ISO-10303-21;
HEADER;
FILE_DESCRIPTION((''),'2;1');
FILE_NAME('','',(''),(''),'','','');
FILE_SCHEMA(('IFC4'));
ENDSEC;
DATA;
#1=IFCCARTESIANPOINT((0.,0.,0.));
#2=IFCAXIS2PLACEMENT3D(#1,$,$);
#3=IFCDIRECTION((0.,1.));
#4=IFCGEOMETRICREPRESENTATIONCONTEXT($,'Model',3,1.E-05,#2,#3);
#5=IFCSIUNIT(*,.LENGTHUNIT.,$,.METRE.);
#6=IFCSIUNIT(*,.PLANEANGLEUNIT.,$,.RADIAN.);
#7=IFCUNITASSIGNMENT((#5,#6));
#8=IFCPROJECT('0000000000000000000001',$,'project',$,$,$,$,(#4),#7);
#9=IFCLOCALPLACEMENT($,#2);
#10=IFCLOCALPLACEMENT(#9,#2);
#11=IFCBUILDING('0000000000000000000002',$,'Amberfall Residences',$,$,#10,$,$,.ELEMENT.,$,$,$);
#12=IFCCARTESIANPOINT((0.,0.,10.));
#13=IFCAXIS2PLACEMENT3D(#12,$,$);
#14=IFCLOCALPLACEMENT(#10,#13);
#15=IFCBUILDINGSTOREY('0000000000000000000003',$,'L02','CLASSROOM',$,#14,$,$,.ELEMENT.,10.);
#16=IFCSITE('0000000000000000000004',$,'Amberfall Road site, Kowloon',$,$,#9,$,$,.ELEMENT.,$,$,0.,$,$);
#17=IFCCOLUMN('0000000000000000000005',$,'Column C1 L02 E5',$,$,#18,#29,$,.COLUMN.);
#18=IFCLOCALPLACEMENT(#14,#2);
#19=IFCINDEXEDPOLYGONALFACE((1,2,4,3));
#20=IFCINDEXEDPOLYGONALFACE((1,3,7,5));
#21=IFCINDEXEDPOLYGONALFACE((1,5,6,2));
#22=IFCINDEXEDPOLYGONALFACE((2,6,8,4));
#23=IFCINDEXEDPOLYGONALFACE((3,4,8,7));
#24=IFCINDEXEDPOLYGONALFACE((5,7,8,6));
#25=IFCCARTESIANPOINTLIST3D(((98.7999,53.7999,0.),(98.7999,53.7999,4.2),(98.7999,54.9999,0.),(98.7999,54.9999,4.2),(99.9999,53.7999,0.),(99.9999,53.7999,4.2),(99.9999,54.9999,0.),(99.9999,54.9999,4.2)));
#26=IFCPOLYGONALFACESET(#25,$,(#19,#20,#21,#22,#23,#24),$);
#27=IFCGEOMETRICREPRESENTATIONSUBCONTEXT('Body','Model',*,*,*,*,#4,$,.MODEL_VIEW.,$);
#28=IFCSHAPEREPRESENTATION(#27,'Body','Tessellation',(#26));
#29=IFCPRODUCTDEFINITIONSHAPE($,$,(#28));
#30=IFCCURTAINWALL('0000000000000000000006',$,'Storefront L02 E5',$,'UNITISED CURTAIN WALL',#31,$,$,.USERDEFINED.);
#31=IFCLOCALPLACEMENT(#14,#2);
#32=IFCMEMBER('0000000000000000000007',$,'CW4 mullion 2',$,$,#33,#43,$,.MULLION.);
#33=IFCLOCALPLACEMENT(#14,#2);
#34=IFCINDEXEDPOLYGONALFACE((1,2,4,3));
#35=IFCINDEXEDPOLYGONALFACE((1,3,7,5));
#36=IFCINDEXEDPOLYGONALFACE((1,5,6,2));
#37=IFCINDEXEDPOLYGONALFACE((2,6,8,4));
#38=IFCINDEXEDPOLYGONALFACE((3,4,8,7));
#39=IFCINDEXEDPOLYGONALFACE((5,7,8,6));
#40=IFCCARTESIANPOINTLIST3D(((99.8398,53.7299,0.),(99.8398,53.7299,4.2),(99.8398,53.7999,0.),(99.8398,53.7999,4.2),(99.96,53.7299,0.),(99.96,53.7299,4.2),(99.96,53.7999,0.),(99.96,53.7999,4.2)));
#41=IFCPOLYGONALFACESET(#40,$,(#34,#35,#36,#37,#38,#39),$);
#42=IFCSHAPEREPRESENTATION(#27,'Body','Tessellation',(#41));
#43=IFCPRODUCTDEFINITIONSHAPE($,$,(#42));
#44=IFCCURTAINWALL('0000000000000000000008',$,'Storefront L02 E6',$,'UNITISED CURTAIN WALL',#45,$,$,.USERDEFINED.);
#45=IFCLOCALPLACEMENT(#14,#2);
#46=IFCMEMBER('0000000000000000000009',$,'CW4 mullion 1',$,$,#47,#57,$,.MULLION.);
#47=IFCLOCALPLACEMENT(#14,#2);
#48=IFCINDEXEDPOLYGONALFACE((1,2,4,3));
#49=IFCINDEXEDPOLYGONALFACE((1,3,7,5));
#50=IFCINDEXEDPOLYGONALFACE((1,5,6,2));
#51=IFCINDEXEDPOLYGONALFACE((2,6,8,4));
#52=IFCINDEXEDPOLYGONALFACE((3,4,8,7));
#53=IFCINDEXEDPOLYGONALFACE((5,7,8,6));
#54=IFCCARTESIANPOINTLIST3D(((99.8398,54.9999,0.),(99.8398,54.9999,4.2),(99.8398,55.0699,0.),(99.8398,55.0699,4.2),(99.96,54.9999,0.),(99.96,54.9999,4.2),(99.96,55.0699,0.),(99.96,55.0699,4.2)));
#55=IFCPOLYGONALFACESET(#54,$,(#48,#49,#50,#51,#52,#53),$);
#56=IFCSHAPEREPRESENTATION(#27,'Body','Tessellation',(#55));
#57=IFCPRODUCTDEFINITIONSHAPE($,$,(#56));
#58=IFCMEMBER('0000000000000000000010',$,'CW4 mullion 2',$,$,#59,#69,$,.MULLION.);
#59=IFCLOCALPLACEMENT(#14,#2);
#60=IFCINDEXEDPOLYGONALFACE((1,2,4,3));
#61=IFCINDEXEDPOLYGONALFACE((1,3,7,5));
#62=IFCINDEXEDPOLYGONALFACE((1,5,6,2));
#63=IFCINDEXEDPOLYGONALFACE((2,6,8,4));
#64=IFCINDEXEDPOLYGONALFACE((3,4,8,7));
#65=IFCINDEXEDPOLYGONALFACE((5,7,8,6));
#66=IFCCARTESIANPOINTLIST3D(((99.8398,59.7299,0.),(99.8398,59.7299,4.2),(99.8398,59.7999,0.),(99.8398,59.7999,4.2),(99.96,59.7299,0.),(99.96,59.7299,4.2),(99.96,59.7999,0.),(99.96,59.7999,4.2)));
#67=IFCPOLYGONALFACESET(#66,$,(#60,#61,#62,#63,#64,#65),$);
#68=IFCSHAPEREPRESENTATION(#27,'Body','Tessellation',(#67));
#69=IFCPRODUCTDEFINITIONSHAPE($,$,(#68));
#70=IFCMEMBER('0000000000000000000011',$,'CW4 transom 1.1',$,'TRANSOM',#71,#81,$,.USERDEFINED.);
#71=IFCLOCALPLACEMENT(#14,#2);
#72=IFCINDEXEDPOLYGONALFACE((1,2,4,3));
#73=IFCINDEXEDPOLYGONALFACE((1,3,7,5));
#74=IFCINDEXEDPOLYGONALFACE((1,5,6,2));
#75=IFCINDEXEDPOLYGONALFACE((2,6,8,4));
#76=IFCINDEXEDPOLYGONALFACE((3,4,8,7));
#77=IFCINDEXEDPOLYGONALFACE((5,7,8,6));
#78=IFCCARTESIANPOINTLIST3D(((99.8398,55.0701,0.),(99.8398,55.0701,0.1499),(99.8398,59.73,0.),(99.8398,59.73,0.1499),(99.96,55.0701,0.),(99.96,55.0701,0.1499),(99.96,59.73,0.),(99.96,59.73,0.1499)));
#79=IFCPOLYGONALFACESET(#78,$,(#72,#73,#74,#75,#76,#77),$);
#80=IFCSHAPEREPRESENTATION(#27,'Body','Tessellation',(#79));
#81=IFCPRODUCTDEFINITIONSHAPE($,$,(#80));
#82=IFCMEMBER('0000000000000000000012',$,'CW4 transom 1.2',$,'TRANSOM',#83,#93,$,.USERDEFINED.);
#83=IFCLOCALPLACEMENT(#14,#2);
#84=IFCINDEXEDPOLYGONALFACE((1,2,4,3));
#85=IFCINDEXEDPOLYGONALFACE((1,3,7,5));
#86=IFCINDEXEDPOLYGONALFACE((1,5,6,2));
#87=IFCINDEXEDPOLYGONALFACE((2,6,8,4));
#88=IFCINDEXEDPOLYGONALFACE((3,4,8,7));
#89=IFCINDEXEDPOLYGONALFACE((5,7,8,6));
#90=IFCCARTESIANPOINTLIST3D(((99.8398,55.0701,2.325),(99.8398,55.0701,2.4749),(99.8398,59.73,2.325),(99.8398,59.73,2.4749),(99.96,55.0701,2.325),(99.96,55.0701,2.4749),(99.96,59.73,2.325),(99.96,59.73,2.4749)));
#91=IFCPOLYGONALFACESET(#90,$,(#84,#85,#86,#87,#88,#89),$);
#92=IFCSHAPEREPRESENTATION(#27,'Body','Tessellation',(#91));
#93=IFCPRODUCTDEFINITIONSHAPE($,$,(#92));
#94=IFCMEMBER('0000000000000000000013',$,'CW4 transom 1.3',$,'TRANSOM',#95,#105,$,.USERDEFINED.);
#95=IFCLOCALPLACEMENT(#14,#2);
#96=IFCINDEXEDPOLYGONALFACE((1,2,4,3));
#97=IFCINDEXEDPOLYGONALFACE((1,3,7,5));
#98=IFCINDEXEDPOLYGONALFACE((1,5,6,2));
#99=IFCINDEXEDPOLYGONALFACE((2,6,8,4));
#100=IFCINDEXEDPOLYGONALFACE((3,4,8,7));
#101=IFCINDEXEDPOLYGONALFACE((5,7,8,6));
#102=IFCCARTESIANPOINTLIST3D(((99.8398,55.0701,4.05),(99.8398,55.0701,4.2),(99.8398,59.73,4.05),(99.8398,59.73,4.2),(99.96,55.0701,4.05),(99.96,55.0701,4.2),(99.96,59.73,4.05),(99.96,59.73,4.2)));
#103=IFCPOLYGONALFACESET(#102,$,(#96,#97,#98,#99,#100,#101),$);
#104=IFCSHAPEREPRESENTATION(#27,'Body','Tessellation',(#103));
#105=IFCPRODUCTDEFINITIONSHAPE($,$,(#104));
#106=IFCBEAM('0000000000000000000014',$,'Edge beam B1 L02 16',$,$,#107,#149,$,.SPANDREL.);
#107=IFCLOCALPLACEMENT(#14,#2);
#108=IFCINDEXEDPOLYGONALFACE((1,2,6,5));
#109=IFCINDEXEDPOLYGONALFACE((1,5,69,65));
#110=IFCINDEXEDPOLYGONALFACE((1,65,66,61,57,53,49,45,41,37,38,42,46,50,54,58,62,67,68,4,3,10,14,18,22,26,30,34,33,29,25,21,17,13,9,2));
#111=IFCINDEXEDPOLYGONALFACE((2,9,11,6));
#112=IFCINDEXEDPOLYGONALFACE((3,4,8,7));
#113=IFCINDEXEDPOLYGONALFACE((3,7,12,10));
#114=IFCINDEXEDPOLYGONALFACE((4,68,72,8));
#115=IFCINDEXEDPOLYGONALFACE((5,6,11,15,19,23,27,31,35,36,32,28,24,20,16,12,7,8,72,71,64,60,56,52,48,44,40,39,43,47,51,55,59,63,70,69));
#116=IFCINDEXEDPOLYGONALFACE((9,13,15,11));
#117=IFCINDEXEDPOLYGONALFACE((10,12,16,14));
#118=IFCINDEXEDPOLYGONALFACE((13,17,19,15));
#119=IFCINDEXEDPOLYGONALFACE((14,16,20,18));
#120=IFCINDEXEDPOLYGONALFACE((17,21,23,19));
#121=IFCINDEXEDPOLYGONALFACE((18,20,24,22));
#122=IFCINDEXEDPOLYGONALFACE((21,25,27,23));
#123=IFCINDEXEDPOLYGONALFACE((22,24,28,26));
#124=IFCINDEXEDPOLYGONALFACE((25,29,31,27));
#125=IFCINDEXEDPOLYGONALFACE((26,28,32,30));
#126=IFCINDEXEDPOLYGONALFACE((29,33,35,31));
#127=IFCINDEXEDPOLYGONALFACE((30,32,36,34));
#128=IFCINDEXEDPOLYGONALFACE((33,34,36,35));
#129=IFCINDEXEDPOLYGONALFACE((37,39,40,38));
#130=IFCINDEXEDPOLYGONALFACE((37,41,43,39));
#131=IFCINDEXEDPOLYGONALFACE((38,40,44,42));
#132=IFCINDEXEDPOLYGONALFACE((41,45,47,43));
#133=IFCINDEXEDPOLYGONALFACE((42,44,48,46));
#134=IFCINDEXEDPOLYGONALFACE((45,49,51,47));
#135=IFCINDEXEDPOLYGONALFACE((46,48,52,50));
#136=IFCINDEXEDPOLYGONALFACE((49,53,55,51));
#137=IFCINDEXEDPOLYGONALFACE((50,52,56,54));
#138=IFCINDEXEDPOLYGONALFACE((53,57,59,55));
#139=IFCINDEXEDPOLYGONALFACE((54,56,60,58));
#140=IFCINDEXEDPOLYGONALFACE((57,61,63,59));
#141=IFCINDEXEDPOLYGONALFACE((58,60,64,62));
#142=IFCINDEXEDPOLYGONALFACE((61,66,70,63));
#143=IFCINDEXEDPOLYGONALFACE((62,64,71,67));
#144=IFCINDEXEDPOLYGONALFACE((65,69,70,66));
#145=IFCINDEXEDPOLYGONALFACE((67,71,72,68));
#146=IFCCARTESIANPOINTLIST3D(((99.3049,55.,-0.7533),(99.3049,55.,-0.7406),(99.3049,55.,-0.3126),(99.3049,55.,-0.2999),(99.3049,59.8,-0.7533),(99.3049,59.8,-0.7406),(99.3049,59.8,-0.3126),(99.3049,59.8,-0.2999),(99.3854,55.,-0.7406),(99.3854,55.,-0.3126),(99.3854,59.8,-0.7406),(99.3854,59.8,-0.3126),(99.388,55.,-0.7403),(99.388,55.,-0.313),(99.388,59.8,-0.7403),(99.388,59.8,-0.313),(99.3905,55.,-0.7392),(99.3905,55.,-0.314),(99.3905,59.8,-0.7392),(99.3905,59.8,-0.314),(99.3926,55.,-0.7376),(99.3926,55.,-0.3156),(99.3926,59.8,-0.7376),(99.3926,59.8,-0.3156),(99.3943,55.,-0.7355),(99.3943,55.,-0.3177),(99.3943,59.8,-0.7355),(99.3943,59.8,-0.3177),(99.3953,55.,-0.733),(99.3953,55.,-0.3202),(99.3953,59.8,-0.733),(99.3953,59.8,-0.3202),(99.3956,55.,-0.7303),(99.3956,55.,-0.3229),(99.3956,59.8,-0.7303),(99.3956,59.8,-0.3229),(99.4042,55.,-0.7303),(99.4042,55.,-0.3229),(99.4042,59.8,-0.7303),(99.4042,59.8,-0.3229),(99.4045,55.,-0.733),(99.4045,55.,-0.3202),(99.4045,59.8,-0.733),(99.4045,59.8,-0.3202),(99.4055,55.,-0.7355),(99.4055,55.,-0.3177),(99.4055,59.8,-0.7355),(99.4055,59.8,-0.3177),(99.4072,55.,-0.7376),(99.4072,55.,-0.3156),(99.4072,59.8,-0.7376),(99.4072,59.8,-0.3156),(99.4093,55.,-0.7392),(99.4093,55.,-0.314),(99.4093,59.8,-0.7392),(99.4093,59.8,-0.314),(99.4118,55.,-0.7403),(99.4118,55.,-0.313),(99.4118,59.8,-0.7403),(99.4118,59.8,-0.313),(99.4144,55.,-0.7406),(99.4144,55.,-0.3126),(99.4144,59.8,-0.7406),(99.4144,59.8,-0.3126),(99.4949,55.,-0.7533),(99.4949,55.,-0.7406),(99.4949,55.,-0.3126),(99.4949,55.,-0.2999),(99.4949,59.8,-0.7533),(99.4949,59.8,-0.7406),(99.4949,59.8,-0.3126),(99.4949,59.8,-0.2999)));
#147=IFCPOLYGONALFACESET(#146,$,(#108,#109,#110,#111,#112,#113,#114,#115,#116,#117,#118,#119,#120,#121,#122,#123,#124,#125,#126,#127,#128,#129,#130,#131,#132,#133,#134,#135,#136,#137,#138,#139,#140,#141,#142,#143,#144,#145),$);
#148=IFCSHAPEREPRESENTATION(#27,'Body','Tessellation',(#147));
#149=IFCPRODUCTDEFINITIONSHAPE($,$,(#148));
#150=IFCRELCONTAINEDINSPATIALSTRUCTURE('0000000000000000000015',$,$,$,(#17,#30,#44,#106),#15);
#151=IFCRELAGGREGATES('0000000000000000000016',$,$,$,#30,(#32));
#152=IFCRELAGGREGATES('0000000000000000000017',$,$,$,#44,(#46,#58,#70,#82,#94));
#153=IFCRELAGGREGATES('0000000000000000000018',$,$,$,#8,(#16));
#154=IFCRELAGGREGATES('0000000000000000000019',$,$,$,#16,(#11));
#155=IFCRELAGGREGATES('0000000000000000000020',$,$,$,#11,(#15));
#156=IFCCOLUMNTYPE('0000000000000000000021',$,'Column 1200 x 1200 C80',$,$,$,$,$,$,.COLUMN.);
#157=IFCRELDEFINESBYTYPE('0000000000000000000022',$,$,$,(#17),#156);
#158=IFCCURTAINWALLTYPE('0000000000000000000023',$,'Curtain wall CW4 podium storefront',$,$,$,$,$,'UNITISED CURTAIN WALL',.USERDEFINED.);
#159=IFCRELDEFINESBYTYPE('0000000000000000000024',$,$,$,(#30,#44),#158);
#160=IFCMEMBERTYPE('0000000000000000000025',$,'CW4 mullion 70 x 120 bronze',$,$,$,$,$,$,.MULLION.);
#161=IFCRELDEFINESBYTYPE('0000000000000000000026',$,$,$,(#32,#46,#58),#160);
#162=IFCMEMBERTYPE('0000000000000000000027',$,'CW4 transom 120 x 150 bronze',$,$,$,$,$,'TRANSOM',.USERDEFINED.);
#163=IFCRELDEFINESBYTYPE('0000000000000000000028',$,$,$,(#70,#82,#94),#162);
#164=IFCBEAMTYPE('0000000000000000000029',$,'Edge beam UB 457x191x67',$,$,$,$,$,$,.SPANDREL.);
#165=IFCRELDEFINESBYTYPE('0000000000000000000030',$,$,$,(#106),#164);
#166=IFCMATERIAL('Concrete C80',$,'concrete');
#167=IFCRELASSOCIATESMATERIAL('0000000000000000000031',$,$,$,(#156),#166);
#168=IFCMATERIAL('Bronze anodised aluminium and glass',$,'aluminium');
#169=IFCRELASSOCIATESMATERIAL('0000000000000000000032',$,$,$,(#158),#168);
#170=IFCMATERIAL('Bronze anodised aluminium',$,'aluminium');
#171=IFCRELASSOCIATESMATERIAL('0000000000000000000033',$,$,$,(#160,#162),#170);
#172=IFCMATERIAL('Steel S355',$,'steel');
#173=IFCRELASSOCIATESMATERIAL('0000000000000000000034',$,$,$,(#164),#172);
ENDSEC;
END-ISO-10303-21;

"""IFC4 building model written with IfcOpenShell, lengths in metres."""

from ifc_helpers import new_model, si_unit, direction, frame, origin, origin_2d, place, context, subcontext, project, spatial, rectangle, i_section, extrude, material, material_profile, profile_set, type_object, element, aggregate, save


model = new_model("IFC4")

# Units and contexts
model_context = context("Model", 3, precision=1e-05, world=origin(), true_north=direction((0.0, 1.0)))
body_context = subcontext(model_context, "Body", "Model", "MODEL_VIEW")
ifc_project = project(units=[si_unit("LENGTHUNIT", "METRE"), si_unit("PLANEANGLEUNIT", "RADIAN")], contexts=[model_context])

# Site, building, storey
site_placement = place(None, origin())
site = spatial("IfcSite", under=ifc_project, at=site_placement, Name="Amberfall Road site, Kowloon", CompositionType="ELEMENT", RefElevation=0.0)
building_placement = place(site_placement, origin())
building = spatial("IfcBuilding", under=site, at=building_placement, Name="Amberfall Residences", CompositionType="ELEMENT")
storey_placement = place(building_placement, frame((0.0, 0.0, 10.0)))
storey = spatial("IfcBuildingStorey", under=building, at=storey_placement, Name="L02", Description="CLASSROOM", CompositionType="ELEMENT", Elevation=10.0)

# Column
ifc_material_1 = material(Name="Concrete C80", Category="concrete")
ifc_material_profile_1 = material_profile(ifc_material_1, rectangle(XDim=1.2, YDim=1.2, at=origin_2d()), Name="Column 1200 x 1200 C80")
ifc_profile_set_1 = profile_set([ifc_material_profile_1], Name="Concrete C80")
column_type = type_object("IfcColumnType", Name="Column 1200 x 1200 C80", PredefinedType="COLUMN", material=ifc_profile_set_1)
column_placement = place(storey_placement, frame((99.3999, 54.3999, 0.0), z_axis=(0.0, 0.0, 1.0), x_axis=(1.0, 0.0, 0.0)))
element("IfcColumn", 1, at=column_placement, inside=storey, type_object=column_type, Name="Column C1 L02 E5", PredefinedType="COLUMN", context=body_context, shape_type="SweptSolid", body=[
    extrude(rectangle(XDim=1.2, YDim=1.2, at=origin_2d()), origin(), (0.0, 0.0, 1.0), 4.2),
])

# Curtain wall, member
ifc_material_2 = material(Name="Bronze anodised aluminium and glass", Category="aluminium")
curtain_wall_type = type_object("IfcCurtainWallType", Name="Curtain wall CW4 podium storefront", ElementType="UNITISED CURTAIN WALL", PredefinedType="USERDEFINED", material=ifc_material_2)
curtain_wall_1_placement = place(storey_placement, origin())
curtain_wall_1 = element("IfcCurtainWall", 2, at=curtain_wall_1_placement, inside=storey, type_object=curtain_wall_type, Name="Storefront L02 E5", ObjectType="UNITISED CURTAIN WALL", PredefinedType="USERDEFINED")
ifc_material_3 = material(Name="Bronze anodised aluminium", Category="aluminium")
ifc_material_profile_2 = material_profile(ifc_material_3, rectangle(XDim=0.1201, YDim=0.0701, at=origin_2d()), Name="CW4 mullion 70 x 120 bronze")
ifc_profile_set_2 = profile_set([ifc_material_profile_2], Name="Bronze anodised aluminium")
member_type_1 = type_object("IfcMemberType", Name="CW4 mullion 70 x 120 bronze", PredefinedType="MULLION", material=ifc_profile_set_2)
member_1_placement = place(storey_placement, frame((99.8999, 53.7649, 0.0), z_axis=(0.0, 0.0, 1.0), x_axis=(-1.0, 0.0, 0.0)))
member_1 = element("IfcMember", 3, at=member_1_placement, type_object=member_type_1, Name="CW4 mullion 2", PredefinedType="MULLION", context=body_context, shape_type="SweptSolid", body=[
    extrude(rectangle(XDim=0.1201, YDim=0.0701, at=origin_2d()), origin(), (0.0, 0.0, 1.0), 4.2),
])
aggregate(curtain_wall_1, [member_1])

# Curtain wall, members
curtain_wall_2_placement = place(storey_placement, origin())
curtain_wall_2 = element("IfcCurtainWall", 4, at=curtain_wall_2_placement, inside=storey, type_object=curtain_wall_type, Name="Storefront L02 E6", ObjectType="UNITISED CURTAIN WALL", PredefinedType="USERDEFINED")
member_2_placement = place(storey_placement, frame((99.8999, 55.0349, 0.0), z_axis=(0.0, 0.0, 1.0), x_axis=(-1.0, 0.0, 0.0)))
member_2 = element("IfcMember", 5, at=member_2_placement, type_object=member_type_1, Name="CW4 mullion 1", PredefinedType="MULLION", context=body_context, shape_type="SweptSolid", body=[
    extrude(rectangle(XDim=0.1201, YDim=0.0701, at=origin_2d()), origin(), (0.0, 0.0, 1.0), 4.2),
])
member_3_placement = place(storey_placement, frame((99.8999, 59.7649, 0.0), z_axis=(0.0, 0.0, 1.0), x_axis=(-1.0, 0.0, 0.0)))
member_3 = element("IfcMember", 6, at=member_3_placement, type_object=member_type_1, Name="CW4 mullion 2", PredefinedType="MULLION", context=body_context, shape_type="SweptSolid", body=[
    extrude(rectangle(XDim=0.1201, YDim=0.0701, at=origin_2d()), origin(), (0.0, 0.0, 1.0), 4.2),
])
ifc_material_profile_3 = material_profile(ifc_material_3, rectangle(XDim=0.1201, YDim=0.1499, at=origin_2d()), Name="CW4 transom 120 x 150 bronze")
ifc_profile_set_3 = profile_set([ifc_material_profile_3], Name="Bronze anodised aluminium")
member_type_2 = type_object("IfcMemberType", Name="CW4 transom 120 x 150 bronze", ElementType="TRANSOM", PredefinedType="USERDEFINED", material=ifc_profile_set_3)
member_4_placement = place(storey_placement, frame((99.8999, 55.0701, 0.075), z_axis=(0.0, 1.0, 0.0), x_axis=(-1.0, 0.0, 0.0)))
member_4 = element("IfcMember", 7, at=member_4_placement, type_object=member_type_2, Name="CW4 transom 1.1", ObjectType="TRANSOM", PredefinedType="USERDEFINED", context=body_context, shape_type="SweptSolid", body=[
    extrude(rectangle(XDim=0.1201, YDim=0.1499, at=origin_2d()), origin(), (0.0, 0.0, 1.0), 4.6599),
])
member_5_placement = place(storey_placement, frame((99.8999, 55.0701, 2.3999), z_axis=(0.0, 1.0, 0.0), x_axis=(-1.0, 0.0, 0.0)))
member_5 = element("IfcMember", 8, at=member_5_placement, type_object=member_type_2, Name="CW4 transom 1.2", ObjectType="TRANSOM", PredefinedType="USERDEFINED", context=body_context, shape_type="SweptSolid", body=[
    extrude(rectangle(XDim=0.1201, YDim=0.1499, at=origin_2d()), origin(), (0.0, 0.0, 1.0), 4.6599),
])
member_6_placement = place(storey_placement, frame((99.8999, 55.0701, 4.125), z_axis=(0.0, 1.0, 0.0), x_axis=(-1.0, 0.0, 0.0)))
member_6 = element("IfcMember", 9, at=member_6_placement, type_object=member_type_2, Name="CW4 transom 1.3", ObjectType="TRANSOM", PredefinedType="USERDEFINED", context=body_context, shape_type="SweptSolid", body=[
    extrude(rectangle(XDim=0.1201, YDim=0.1499, at=origin_2d()), origin(), (0.0, 0.0, 1.0), 4.6599),
])

# Beam
ifc_material_4 = material(Name="Steel S355", Category="steel")
ifc_material_profile_4 = material_profile(ifc_material_4, i_section(OverallWidth=0.1899, OverallDepth=0.4534, WebThickness=0.0085, FlangeThickness=0.0127, FilletRadius=0.0103, at=origin_2d()), Name="UB 457x191x67")
ifc_profile_set_4 = profile_set([ifc_material_profile_4], Name="Steel S355")
beam_type_1 = type_object("IfcBeamType", Name="Edge beam UB 457x191x67", PredefinedType="SPANDREL", material=ifc_profile_set_4)
beam_1_placement = place(storey_placement, frame((99.3999, 55.0, -0.5266), z_axis=(0.0, 1.0, 0.0), x_axis=(-1.0, 0.0, 0.0)))
element("IfcBeam", 10, at=beam_1_placement, inside=storey, type_object=beam_type_1, Name="Edge beam B1 L02 16", PredefinedType="SPANDREL", context=body_context, shape_type="SweptSolid", body=[
    extrude(i_section(OverallWidth=0.1899, OverallDepth=0.4534, WebThickness=0.0085, FlangeThickness=0.0127, FilletRadius=0.0103, at=origin_2d()), origin(), (0.0, 0.0, 1.0), 4.8),
])

aggregate(curtain_wall_2, [member_2, member_3, member_4, member_5, member_6])

save(model, "model.ifc")
